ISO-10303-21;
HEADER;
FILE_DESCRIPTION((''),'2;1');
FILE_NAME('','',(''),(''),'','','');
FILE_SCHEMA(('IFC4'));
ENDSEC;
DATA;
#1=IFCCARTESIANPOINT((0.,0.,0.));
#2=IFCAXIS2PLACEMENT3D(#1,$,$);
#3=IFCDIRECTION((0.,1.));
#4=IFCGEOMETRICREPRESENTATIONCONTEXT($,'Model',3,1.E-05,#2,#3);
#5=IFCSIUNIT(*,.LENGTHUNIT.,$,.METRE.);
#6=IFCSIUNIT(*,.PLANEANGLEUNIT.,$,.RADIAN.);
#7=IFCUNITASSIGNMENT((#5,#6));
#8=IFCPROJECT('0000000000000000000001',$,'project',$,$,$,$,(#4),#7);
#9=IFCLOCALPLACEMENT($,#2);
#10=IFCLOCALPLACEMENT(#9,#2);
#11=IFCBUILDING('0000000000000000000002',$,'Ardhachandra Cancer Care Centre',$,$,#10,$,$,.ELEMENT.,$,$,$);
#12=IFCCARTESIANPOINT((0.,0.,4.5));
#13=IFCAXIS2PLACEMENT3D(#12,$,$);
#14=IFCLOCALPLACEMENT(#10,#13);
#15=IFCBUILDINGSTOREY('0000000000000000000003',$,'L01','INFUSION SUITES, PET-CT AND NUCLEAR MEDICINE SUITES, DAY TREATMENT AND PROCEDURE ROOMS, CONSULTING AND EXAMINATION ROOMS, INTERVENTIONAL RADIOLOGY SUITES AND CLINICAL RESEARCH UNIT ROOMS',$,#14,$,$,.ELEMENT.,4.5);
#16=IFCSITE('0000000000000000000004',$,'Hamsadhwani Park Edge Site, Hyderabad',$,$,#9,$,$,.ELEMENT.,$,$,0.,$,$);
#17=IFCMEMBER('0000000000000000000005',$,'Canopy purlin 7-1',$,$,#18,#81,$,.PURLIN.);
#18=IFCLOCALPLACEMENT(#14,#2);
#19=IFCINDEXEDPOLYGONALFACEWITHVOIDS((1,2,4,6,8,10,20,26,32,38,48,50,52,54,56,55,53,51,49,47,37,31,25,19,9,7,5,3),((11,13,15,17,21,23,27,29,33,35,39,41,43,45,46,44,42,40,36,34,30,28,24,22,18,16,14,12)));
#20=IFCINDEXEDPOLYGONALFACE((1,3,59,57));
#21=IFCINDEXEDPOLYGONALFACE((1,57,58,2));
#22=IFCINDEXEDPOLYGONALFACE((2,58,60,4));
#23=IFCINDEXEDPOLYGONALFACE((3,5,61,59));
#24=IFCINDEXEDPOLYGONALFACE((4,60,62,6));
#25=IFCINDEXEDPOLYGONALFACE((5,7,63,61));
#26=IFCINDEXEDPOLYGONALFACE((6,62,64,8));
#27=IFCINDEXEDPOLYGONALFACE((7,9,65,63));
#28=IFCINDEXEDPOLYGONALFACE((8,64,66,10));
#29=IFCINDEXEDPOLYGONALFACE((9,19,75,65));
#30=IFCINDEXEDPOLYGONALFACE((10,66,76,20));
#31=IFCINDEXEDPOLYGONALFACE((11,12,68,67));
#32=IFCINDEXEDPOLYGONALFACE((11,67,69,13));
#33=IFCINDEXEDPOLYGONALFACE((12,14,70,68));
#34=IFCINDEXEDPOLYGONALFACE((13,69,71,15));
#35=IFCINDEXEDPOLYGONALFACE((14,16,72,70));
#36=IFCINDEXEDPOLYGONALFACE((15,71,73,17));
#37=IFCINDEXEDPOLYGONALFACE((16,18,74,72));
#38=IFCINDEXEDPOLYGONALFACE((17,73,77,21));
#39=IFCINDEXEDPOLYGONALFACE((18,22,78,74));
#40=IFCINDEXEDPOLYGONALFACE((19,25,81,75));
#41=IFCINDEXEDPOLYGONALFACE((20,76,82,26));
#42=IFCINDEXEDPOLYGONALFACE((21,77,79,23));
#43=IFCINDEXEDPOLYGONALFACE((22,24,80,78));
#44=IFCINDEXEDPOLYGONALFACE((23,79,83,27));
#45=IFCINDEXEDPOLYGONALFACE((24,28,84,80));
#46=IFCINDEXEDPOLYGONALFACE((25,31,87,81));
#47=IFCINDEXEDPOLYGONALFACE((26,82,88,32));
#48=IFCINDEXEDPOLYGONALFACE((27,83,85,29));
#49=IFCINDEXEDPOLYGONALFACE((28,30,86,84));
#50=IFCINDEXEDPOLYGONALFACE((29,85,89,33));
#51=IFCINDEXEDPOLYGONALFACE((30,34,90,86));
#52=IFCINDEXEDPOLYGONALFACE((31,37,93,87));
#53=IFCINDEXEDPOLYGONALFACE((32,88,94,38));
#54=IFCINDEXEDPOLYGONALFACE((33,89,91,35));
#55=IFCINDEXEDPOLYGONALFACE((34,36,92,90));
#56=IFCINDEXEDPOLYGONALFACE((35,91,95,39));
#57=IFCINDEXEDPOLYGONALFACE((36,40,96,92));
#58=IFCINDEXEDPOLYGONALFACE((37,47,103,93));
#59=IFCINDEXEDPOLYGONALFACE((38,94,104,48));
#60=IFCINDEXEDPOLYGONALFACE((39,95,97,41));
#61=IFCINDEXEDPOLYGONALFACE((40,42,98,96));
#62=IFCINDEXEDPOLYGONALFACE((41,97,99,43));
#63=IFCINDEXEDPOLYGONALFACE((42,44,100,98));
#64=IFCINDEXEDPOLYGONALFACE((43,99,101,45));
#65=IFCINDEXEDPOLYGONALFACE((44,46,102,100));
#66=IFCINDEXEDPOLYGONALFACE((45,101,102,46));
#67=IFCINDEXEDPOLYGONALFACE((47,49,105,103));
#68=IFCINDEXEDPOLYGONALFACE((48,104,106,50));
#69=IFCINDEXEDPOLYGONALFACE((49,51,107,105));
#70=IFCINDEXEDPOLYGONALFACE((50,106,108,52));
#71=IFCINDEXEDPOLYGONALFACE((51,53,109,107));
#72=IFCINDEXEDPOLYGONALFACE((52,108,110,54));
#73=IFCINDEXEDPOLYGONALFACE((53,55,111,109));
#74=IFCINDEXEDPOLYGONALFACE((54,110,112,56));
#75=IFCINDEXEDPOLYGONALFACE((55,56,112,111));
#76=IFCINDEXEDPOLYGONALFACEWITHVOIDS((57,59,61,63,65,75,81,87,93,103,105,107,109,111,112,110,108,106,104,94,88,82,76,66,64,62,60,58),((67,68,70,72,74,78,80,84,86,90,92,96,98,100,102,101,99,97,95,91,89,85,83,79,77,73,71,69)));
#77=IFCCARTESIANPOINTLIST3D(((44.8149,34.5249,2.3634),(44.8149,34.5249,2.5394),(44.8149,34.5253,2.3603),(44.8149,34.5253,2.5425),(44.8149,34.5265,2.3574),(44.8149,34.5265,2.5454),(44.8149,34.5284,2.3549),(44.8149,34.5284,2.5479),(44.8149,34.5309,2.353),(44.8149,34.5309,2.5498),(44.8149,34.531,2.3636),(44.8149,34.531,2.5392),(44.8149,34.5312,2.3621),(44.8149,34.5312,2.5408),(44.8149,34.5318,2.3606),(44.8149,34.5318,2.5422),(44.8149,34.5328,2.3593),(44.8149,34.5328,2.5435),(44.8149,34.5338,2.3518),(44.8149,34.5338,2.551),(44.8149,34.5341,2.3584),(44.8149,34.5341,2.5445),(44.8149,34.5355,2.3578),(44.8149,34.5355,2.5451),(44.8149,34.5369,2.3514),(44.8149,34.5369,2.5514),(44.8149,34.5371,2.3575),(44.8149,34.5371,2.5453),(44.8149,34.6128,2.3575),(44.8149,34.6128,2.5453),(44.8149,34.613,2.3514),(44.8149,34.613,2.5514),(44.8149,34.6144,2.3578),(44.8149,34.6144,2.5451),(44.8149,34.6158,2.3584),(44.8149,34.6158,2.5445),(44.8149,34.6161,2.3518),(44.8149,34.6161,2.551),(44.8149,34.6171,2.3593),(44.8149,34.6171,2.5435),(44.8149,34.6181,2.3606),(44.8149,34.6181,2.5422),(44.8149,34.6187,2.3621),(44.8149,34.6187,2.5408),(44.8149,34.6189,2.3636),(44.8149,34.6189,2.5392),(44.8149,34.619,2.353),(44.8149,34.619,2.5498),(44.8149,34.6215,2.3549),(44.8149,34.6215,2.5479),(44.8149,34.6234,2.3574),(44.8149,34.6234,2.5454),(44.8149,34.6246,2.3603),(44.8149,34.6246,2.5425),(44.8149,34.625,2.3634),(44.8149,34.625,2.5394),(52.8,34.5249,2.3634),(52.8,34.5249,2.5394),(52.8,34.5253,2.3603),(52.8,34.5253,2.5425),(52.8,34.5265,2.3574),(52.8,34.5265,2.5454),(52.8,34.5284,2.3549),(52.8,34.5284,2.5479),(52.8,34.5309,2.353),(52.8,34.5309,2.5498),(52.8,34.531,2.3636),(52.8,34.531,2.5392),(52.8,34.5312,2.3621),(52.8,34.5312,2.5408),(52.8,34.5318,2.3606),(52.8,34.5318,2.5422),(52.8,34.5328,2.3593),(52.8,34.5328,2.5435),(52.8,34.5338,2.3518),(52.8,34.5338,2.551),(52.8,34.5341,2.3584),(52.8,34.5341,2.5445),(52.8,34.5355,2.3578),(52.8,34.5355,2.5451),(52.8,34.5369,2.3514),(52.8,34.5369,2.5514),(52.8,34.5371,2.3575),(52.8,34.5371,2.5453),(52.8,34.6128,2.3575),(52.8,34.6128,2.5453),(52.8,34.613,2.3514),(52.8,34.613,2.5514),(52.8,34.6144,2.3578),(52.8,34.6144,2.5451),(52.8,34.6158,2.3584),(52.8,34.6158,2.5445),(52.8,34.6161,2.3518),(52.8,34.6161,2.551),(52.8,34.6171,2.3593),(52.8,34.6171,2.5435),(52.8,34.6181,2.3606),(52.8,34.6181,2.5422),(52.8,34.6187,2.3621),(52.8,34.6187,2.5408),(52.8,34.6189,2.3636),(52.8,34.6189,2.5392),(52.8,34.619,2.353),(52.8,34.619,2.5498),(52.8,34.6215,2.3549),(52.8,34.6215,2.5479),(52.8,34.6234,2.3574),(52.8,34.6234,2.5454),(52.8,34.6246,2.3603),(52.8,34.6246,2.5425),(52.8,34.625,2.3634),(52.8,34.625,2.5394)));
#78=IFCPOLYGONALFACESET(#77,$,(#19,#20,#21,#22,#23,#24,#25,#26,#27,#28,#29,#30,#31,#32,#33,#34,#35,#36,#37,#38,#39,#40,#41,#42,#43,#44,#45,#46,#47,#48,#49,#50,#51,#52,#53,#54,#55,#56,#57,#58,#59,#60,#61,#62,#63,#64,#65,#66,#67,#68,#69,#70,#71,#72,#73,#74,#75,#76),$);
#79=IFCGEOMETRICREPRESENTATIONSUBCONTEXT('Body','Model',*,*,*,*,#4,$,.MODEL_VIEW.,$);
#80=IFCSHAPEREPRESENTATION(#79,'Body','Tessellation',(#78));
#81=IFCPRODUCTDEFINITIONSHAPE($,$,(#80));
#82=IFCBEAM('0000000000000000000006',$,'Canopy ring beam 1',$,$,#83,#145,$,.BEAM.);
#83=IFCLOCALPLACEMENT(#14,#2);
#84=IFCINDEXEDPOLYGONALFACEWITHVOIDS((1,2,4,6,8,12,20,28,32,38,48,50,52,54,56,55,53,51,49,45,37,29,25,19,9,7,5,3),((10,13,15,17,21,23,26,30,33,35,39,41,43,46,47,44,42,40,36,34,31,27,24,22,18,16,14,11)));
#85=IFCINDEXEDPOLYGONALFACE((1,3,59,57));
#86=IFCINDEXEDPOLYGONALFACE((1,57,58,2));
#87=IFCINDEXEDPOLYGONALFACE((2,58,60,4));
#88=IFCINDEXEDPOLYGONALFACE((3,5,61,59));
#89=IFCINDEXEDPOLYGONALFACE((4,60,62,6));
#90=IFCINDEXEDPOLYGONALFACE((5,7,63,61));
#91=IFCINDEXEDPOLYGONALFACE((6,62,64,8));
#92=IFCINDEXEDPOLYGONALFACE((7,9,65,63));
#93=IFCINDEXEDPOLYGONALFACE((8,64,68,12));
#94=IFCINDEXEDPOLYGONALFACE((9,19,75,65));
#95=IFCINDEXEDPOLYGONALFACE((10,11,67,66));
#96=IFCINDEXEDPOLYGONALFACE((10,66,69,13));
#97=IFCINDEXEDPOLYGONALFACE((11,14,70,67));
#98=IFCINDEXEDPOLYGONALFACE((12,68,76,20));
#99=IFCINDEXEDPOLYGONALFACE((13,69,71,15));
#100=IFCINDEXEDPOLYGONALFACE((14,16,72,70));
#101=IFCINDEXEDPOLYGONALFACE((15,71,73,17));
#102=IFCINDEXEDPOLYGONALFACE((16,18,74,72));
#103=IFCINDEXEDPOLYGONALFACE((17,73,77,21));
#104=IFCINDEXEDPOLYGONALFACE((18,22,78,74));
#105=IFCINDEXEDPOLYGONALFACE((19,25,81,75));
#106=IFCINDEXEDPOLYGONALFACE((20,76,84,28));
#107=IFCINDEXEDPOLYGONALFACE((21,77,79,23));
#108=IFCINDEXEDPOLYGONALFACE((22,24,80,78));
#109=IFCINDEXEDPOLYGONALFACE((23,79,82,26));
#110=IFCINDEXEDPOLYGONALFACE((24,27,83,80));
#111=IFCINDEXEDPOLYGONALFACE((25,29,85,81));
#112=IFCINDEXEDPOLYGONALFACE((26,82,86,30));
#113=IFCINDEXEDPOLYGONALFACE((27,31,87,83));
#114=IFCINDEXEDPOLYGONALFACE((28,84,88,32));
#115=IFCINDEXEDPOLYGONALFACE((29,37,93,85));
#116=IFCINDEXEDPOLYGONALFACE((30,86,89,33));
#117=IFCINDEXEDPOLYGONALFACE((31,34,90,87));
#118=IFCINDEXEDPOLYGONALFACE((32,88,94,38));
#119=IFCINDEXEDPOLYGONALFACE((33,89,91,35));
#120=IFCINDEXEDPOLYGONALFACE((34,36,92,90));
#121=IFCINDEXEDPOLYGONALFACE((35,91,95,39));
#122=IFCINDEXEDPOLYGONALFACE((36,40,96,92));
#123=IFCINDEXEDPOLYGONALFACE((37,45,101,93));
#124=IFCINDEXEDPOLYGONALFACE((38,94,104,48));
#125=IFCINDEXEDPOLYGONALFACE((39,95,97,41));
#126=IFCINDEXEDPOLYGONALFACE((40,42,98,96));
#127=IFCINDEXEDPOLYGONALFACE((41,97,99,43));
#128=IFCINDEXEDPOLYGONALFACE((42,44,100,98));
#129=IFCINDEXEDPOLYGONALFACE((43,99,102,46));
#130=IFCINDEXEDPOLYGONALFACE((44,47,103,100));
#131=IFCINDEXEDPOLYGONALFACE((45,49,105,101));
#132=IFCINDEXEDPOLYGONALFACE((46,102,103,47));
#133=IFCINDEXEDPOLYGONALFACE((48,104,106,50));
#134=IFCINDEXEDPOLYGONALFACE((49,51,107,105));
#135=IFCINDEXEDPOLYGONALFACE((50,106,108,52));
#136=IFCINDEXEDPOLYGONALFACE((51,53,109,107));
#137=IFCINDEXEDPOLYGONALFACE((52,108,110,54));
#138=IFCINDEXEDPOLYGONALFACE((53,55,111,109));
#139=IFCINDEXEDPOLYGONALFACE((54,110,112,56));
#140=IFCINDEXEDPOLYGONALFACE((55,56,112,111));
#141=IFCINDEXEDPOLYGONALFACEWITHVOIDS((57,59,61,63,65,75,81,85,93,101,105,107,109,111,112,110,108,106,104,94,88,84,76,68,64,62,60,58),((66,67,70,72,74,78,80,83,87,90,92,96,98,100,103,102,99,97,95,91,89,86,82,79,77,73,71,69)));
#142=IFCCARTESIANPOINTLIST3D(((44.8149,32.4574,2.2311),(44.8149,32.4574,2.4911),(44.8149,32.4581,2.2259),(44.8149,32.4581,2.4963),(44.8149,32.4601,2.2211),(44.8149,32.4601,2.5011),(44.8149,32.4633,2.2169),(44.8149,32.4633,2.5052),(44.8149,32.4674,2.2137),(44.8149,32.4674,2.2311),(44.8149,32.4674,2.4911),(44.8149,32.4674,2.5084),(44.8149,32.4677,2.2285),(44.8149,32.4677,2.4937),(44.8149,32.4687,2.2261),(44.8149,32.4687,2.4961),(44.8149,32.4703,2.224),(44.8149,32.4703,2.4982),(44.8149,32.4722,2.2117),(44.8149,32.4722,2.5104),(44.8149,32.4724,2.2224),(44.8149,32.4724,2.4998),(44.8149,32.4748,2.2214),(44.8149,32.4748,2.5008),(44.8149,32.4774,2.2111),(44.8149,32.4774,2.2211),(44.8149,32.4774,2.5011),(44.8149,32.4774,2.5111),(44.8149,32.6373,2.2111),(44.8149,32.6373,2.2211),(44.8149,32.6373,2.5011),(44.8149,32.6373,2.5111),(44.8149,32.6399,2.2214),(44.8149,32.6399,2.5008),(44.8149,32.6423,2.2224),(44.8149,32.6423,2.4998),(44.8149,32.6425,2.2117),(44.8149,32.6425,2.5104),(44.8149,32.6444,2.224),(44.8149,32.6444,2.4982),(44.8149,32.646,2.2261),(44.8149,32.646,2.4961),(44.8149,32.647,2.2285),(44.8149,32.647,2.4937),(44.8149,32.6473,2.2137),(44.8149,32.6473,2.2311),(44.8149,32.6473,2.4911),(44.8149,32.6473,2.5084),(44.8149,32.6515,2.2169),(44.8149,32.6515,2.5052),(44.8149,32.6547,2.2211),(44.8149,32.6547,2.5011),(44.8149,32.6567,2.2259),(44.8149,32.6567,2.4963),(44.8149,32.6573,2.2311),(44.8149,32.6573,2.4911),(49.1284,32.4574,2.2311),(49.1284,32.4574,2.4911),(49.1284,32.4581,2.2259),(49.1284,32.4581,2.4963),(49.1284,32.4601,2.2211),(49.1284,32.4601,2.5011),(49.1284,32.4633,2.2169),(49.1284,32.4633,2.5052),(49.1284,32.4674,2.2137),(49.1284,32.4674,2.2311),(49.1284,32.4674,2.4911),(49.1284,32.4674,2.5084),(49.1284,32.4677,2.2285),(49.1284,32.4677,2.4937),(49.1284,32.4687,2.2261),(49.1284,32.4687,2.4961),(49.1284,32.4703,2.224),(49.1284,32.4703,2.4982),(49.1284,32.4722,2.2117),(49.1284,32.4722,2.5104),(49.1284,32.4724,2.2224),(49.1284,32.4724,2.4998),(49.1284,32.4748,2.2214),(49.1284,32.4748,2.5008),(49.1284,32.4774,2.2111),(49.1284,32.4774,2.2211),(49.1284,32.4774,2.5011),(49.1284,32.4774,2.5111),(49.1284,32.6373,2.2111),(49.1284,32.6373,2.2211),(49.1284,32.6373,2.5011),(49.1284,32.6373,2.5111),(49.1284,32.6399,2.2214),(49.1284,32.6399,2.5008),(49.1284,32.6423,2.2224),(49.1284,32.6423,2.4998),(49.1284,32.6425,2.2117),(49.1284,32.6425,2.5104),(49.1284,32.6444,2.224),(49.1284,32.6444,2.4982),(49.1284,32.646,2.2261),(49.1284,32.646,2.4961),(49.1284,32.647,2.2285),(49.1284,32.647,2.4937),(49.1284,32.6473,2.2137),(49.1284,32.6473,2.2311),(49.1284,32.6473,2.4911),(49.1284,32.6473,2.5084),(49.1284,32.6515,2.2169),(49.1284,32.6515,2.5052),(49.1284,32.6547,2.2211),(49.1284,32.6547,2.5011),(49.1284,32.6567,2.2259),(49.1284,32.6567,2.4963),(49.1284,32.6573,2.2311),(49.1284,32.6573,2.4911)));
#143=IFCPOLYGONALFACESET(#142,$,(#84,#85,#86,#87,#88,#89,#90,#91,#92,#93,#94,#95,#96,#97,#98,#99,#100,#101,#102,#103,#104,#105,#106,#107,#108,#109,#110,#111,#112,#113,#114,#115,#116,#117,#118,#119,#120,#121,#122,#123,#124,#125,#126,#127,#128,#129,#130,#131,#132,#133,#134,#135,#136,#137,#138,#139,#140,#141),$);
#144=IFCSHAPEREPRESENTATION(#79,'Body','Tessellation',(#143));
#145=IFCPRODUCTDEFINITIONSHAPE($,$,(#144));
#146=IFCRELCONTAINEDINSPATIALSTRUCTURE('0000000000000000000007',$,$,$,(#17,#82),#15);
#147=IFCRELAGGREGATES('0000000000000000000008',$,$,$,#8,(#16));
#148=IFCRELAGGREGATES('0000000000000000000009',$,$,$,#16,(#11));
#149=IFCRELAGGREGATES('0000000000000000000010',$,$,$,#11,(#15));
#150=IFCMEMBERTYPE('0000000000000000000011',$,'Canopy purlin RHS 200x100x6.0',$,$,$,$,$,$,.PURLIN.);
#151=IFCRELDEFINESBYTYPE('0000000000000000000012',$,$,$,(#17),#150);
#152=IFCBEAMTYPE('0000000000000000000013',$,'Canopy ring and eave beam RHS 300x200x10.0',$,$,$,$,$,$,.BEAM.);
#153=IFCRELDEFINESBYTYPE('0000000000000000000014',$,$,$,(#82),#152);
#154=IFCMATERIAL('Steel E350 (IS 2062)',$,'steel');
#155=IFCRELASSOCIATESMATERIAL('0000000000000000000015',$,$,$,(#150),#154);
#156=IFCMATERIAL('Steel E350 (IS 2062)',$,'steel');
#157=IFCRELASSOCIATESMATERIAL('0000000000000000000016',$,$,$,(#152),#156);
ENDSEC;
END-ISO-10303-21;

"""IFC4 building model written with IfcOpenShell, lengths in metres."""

from ifc_helpers import new_model, si_unit, direction, frame, origin, origin_2d, place, context, subcontext, project, spatial, hollow_rectangle, extrude, material, material_profile, profile_set, type_object, element, save


model = new_model("IFC4")

# Units and contexts
model_context = context("Model", 3, precision=1e-05, world=origin(), true_north=direction((0.0, 1.0)))
body_context = subcontext(model_context, "Body", "Model", "MODEL_VIEW")
ifc_project = project(units=[si_unit("LENGTHUNIT", "METRE"), si_unit("PLANEANGLEUNIT", "RADIAN")], contexts=[model_context])

# Site, building, storey
site_placement = place(None, origin())
site = spatial("IfcSite", under=ifc_project, at=site_placement, Name="Hamsadhwani Park Edge Site, Hyderabad", CompositionType="ELEMENT", RefElevation=0.0)
building_placement = place(site_placement, origin())
building = spatial("IfcBuilding", under=site, at=building_placement, Name="Ardhachandra Cancer Care Centre", CompositionType="ELEMENT")
storey_placement = place(building_placement, frame((0.0, 0.0, 4.5)))
storey = spatial("IfcBuildingStorey", under=building, at=storey_placement, Name="L01", Description="INFUSION SUITES, PET-CT AND NUCLEAR MEDICINE SUITES, DAY TREATMENT AND PROCEDURE ROOMS, CONSULTING AND EXAMINATION ROOMS, INTERVENTIONAL RADIOLOGY SUITES AND CLINICAL RESEARCH UNIT ROOMS", CompositionType="ELEMENT", Elevation=4.5)

# Member
ifc_material_1 = material(Name="Steel E350 (IS 2062)", Category="steel")
ifc_material_profile_1 = material_profile(ifc_material_1, hollow_rectangle(XDim=0.1001, YDim=0.2, WallThickness=0.0061, InnerFilletRadius=0.0061, OuterFilletRadius=0.012, at=origin_2d()), Name="RHS 200x100x6.0")
ifc_profile_set_1 = profile_set([ifc_material_profile_1], Name="Steel E350 (IS 2062)")
member_type_1 = type_object("IfcMemberType", Name="Canopy purlin RHS 200x100x6.0", PredefinedType="PURLIN", material=ifc_profile_set_1)
member_1_placement = place(storey_placement, frame((44.8149, 34.575, 2.4514), z_axis=(1.0, 0.0, 0.0), x_axis=(0.0, 1.0, 0.0)))
element("IfcMember", 1, at=member_1_placement, inside=storey, type_object=member_type_1, Name="Canopy purlin 7-1", PredefinedType="PURLIN", context=body_context, shape_type="SweptSolid", body=[
    extrude(hollow_rectangle(XDim=0.1001, YDim=0.2, WallThickness=0.0061, InnerFilletRadius=0.0061, OuterFilletRadius=0.012, at=origin_2d()), origin(), (0.0, 0.0, 1.0), 7.9851),
])

# Beam
ifc_material_2 = material(Name="Steel E350 (IS 2062)", Category="steel")
ifc_material_profile_2 = material_profile(ifc_material_2, hollow_rectangle(XDim=0.2, YDim=0.3, WallThickness=0.01, InnerFilletRadius=0.01, OuterFilletRadius=0.02, at=origin_2d()), Name="RHS 300x200x10.0")
ifc_profile_set_2 = profile_set([ifc_material_profile_2], Name="Steel E350 (IS 2062)")
beam_type = type_object("IfcBeamType", Name="Canopy ring and eave beam RHS 300x200x10.0", PredefinedType="BEAM", material=ifc_profile_set_2)
beam_placement = place(storey_placement, frame((44.8149, 32.5574, 2.3611), z_axis=(1.0, 0.0, 0.0), x_axis=(0.0, 1.0, 0.0)))
element("IfcBeam", 2, at=beam_placement, inside=storey, type_object=beam_type, Name="Canopy ring beam 1", PredefinedType="BEAM", context=body_context, shape_type="SweptSolid", body=[
    extrude(hollow_rectangle(XDim=0.2, YDim=0.3, WallThickness=0.01, InnerFilletRadius=0.01, OuterFilletRadius=0.02, at=origin_2d()), origin(), (0.0, 0.0, 1.0), 4.3135),
])

save(model, "model.ifc")
